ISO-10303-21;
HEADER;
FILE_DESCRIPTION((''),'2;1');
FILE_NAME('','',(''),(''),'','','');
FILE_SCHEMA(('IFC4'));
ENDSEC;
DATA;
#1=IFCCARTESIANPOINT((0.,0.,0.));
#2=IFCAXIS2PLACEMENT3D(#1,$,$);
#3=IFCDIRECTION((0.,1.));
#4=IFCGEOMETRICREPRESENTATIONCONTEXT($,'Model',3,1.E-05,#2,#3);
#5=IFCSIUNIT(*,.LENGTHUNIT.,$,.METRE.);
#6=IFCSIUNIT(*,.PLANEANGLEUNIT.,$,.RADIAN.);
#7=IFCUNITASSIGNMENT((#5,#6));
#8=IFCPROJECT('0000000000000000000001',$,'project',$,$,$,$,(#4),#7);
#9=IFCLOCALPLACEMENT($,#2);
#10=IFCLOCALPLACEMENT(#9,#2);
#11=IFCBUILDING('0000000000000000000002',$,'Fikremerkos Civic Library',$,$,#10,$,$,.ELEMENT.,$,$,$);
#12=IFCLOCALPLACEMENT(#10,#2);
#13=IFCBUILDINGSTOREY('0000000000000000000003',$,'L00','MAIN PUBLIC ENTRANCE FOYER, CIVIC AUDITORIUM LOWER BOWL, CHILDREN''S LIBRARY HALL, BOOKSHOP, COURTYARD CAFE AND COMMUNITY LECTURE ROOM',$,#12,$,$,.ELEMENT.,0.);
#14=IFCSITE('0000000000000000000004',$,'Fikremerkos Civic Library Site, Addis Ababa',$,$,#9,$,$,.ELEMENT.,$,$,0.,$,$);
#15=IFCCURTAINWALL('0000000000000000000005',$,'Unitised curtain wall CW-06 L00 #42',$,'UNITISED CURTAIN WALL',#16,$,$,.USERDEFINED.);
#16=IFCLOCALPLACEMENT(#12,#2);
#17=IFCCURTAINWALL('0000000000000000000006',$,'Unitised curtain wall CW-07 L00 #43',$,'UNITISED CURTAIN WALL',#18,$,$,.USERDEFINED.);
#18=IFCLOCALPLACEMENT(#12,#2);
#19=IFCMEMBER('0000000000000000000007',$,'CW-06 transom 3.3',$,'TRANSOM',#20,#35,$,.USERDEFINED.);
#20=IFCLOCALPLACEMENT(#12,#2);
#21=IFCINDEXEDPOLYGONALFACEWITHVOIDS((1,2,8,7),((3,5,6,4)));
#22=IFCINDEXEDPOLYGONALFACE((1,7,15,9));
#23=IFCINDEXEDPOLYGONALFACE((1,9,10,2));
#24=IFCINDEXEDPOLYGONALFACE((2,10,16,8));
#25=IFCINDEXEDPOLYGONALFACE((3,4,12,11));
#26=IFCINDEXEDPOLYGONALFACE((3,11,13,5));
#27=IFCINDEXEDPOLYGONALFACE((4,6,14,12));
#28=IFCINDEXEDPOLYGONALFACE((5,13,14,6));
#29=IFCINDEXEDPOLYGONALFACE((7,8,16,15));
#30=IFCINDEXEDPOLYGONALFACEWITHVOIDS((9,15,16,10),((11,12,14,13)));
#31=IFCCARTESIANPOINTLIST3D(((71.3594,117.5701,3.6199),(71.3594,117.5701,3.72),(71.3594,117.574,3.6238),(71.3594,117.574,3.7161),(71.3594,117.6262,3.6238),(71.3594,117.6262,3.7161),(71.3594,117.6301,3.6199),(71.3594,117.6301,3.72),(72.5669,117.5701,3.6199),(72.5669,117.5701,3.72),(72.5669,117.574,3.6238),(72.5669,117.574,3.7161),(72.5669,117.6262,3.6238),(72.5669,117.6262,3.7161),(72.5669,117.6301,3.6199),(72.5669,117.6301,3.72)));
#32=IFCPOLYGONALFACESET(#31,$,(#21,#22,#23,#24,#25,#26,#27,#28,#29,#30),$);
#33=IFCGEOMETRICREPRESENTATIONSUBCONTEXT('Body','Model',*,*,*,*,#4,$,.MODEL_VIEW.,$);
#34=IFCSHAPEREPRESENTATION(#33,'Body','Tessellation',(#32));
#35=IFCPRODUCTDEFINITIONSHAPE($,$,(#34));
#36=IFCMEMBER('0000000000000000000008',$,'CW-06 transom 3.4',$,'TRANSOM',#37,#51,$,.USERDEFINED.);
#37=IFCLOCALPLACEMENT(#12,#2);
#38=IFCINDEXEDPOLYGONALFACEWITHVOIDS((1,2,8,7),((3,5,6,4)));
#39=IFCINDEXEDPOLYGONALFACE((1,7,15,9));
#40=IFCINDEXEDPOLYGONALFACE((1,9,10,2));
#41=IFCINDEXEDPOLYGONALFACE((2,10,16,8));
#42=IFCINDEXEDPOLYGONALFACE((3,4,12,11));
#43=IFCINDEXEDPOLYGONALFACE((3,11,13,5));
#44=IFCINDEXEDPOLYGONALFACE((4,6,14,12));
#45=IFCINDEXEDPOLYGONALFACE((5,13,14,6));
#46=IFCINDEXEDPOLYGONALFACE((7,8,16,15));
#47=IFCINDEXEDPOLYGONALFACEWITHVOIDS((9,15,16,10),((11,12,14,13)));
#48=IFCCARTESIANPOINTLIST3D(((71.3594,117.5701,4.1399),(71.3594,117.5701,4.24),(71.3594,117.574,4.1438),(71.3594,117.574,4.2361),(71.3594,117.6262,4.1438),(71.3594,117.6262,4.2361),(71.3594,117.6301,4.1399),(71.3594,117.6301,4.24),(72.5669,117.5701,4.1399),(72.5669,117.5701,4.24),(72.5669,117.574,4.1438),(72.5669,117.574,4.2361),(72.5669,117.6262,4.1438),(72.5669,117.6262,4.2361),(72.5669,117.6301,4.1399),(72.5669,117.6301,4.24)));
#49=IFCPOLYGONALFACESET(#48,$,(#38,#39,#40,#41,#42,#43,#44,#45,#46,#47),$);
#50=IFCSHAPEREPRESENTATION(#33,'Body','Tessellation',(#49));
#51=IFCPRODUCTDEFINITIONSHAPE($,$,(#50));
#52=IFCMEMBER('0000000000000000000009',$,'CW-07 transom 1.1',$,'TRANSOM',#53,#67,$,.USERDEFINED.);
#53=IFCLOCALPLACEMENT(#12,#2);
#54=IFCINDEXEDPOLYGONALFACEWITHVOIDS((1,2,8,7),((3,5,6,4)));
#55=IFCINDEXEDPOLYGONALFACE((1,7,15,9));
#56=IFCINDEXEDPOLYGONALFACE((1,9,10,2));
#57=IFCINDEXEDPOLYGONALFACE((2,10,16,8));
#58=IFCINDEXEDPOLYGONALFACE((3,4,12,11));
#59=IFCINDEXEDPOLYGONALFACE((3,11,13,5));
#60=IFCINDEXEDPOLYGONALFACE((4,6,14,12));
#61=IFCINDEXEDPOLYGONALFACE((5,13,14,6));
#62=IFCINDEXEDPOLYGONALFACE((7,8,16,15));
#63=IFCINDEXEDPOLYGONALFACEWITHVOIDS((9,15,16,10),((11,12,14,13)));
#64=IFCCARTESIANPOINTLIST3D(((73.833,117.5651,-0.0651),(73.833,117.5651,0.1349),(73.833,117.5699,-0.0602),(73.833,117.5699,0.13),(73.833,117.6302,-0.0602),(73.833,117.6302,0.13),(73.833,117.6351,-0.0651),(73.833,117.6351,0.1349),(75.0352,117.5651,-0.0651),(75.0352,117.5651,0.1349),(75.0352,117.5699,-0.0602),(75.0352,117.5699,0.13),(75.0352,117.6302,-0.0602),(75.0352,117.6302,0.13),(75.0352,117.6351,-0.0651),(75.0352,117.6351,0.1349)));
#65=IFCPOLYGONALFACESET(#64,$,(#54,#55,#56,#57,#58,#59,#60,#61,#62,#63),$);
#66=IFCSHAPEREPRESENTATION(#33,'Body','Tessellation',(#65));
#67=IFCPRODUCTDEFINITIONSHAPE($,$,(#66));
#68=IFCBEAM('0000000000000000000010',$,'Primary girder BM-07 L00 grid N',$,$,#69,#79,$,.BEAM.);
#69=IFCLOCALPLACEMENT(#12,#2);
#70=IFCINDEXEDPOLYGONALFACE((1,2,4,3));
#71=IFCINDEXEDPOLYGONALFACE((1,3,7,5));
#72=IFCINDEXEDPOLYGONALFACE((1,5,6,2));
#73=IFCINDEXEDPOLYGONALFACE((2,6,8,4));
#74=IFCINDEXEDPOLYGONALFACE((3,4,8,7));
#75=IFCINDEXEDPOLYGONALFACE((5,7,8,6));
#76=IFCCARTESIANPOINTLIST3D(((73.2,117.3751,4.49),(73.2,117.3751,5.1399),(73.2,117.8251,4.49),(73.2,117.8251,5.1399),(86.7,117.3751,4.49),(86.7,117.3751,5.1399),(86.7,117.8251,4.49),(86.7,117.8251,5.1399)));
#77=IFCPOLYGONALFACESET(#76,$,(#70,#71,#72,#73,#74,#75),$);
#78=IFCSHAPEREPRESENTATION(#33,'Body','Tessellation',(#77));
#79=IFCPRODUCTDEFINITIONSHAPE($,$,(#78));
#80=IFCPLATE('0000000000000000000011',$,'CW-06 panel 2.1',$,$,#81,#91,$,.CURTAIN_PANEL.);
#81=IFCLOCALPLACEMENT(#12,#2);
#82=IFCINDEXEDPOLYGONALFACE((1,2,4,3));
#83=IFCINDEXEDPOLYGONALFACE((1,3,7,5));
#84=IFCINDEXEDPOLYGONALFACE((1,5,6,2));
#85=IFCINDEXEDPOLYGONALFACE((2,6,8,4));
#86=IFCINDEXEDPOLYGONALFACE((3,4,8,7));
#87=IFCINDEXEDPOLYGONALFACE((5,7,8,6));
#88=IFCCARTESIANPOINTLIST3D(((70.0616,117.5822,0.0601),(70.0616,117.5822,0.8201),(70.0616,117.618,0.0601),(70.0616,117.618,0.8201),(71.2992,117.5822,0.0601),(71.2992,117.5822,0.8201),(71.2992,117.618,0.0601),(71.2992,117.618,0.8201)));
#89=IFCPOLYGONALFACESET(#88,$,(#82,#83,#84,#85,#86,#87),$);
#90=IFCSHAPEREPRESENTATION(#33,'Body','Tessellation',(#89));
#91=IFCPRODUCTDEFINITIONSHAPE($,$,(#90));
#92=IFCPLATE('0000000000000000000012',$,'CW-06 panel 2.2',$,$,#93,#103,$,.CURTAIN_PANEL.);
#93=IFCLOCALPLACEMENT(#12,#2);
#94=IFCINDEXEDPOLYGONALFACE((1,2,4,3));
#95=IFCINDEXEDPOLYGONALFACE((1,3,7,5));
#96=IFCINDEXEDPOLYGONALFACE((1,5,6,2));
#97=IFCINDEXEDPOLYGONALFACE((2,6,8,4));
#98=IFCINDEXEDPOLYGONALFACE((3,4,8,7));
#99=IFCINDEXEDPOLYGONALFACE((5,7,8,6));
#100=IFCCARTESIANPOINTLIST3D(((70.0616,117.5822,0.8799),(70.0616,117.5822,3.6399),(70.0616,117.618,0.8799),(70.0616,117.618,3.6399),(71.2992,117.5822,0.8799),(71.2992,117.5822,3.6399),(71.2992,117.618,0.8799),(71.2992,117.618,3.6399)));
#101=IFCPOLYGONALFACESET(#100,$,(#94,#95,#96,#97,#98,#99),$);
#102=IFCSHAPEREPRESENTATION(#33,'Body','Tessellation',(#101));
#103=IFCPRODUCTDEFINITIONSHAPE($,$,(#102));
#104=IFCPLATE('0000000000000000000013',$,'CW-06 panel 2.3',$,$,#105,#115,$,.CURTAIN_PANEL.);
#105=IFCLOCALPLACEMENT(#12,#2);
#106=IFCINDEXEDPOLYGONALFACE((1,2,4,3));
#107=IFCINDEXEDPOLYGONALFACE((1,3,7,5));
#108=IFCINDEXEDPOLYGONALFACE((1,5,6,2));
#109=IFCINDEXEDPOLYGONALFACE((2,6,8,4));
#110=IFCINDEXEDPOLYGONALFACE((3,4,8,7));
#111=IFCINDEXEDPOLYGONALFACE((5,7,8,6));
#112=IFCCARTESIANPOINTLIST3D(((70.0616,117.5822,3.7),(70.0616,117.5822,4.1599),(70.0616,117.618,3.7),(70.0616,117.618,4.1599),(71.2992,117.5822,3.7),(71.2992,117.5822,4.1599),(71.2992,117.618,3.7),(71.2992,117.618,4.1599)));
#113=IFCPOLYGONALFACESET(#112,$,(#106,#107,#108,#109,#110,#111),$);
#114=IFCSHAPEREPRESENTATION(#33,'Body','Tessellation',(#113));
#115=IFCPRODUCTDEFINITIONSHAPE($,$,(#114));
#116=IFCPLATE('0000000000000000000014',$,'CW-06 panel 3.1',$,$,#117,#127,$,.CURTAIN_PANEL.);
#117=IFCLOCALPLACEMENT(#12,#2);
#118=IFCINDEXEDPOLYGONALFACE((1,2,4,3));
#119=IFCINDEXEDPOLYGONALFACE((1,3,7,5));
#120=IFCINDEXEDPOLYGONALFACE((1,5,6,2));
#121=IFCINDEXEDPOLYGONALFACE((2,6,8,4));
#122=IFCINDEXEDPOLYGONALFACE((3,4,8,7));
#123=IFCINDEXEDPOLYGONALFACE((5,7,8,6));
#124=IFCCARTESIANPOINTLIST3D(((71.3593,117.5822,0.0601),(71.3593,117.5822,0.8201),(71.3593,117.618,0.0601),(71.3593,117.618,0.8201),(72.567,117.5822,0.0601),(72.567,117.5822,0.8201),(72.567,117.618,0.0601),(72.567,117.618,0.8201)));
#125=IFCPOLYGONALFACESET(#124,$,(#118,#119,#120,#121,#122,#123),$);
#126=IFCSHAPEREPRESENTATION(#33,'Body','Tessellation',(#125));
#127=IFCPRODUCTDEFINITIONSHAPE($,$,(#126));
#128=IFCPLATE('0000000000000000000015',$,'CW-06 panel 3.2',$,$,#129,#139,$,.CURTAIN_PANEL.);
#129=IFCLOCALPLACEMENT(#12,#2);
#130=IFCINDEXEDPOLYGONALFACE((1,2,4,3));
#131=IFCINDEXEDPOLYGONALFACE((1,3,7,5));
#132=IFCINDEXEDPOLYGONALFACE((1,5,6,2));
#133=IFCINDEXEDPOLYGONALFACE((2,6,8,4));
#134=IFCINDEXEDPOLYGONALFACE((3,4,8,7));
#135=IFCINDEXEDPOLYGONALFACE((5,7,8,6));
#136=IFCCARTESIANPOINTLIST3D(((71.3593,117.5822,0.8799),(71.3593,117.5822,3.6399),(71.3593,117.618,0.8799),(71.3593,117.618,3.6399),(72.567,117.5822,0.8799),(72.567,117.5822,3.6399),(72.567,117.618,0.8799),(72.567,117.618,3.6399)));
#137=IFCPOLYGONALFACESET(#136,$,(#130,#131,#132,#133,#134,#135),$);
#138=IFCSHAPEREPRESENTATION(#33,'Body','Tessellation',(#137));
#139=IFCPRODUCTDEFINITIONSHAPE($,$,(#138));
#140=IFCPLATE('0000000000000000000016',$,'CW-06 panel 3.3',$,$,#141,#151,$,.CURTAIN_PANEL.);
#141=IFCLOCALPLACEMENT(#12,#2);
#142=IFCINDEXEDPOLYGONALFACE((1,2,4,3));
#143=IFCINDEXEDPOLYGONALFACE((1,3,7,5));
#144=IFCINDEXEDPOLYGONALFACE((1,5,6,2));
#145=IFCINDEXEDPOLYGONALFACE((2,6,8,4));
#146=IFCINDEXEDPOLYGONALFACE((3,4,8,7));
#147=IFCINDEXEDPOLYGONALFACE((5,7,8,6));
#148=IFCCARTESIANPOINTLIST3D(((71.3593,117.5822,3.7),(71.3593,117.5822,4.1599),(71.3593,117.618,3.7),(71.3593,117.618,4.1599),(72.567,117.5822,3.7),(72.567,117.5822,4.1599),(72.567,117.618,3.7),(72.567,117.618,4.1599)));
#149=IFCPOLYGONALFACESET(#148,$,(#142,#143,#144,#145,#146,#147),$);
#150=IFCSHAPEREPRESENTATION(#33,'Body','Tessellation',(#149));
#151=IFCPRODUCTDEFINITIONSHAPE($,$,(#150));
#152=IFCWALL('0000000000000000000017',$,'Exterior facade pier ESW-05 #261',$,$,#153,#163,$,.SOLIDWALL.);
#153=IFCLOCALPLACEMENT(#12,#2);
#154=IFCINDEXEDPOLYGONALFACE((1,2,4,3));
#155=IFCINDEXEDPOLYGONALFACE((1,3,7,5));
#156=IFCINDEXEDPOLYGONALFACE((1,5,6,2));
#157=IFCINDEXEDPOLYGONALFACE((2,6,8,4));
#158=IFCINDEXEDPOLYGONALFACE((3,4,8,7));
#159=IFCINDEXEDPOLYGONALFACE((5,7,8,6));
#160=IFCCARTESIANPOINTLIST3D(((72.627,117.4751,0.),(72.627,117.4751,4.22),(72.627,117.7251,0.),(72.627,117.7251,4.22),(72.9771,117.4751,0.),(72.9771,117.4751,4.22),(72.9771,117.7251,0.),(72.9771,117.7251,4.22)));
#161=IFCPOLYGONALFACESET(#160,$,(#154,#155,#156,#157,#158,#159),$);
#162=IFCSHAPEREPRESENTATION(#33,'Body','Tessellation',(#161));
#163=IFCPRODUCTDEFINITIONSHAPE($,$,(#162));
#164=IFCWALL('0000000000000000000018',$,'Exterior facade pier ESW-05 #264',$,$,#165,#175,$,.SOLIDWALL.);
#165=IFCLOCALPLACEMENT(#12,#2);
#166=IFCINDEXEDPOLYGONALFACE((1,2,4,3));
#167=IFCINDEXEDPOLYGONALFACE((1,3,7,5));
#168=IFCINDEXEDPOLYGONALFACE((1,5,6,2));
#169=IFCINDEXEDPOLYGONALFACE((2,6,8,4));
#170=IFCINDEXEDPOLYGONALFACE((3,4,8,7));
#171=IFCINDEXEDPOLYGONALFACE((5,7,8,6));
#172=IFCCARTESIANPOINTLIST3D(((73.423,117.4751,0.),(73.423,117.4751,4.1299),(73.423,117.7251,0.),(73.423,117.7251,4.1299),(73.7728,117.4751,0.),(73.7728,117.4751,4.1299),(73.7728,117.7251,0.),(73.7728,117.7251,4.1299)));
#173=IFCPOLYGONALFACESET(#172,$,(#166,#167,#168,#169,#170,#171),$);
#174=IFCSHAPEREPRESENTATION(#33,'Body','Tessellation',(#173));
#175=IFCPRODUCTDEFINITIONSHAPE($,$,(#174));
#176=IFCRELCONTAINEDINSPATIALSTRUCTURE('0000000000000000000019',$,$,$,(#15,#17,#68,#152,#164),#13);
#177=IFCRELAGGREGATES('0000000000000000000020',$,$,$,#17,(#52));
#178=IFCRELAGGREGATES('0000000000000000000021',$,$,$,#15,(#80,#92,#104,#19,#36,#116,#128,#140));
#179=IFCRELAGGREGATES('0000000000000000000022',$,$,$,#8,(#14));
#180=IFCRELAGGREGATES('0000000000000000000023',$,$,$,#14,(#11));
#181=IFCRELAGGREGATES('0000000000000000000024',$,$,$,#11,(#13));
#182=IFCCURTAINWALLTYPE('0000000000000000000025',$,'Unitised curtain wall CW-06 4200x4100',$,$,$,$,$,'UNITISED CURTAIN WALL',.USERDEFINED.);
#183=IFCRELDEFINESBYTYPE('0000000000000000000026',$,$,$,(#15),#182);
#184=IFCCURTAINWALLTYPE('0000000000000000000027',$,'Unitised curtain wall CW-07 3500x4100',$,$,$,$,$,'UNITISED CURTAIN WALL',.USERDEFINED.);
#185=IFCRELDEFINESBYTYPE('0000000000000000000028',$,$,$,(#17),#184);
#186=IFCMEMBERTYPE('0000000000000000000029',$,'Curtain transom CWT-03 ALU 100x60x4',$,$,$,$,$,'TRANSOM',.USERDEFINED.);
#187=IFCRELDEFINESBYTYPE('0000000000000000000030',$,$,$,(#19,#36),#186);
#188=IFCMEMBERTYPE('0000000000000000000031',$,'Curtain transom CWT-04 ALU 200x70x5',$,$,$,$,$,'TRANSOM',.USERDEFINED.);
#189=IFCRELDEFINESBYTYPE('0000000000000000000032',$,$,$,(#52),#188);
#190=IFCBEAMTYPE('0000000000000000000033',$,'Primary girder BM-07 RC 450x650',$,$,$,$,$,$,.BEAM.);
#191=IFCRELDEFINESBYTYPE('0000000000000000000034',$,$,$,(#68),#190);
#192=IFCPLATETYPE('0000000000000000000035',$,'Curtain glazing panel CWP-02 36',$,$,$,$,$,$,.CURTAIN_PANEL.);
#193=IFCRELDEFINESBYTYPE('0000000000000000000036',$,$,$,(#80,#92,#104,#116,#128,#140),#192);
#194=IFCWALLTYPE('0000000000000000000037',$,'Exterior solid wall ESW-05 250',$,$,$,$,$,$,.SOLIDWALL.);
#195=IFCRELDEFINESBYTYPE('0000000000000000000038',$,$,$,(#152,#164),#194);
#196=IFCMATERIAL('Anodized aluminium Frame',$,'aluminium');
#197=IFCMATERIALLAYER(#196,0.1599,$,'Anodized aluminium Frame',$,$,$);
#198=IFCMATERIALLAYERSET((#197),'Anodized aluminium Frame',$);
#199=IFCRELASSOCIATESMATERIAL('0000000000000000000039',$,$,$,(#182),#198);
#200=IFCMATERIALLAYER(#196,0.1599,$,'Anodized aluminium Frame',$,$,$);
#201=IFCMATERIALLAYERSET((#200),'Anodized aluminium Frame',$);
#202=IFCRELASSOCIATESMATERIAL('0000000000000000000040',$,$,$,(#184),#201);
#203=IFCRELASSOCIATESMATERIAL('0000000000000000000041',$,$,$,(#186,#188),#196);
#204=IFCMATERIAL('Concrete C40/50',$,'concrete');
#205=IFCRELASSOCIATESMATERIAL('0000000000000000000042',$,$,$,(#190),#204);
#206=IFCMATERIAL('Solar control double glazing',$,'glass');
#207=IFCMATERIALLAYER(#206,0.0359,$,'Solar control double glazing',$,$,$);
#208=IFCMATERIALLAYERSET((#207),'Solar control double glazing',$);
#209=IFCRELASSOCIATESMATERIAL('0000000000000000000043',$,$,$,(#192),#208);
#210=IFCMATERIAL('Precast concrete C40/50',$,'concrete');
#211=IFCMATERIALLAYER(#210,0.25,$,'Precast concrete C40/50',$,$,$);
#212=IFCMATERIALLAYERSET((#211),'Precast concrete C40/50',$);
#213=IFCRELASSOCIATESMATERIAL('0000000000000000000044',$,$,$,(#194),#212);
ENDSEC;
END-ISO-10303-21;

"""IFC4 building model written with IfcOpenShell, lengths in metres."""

from ifc_helpers import new_model, si_unit, direction, frame, frame_2d, origin, origin_2d, place, context, subcontext, project, spatial, rectangle, hollow_rectangle, extrude, material, layer, layer_set, material_profile, profile_set, type_object, element, aggregate, save


model = new_model("IFC4")

# Units and contexts
model_context = context("Model", 3, precision=1e-05, world=origin(), true_north=direction((0.0, 1.0)))
body_context = subcontext(model_context, "Body", "Model", "MODEL_VIEW")
ifc_project = project(units=[si_unit("LENGTHUNIT", "METRE"), si_unit("PLANEANGLEUNIT", "RADIAN")], contexts=[model_context])

# Site, building, storey
site_placement = place(None, origin())
site = spatial("IfcSite", under=ifc_project, at=site_placement, Name="Fikremerkos Civic Library Site, Addis Ababa", CompositionType="ELEMENT", RefElevation=0.0)
building_placement = place(site_placement, origin())
building = spatial("IfcBuilding", under=site, at=building_placement, Name="Fikremerkos Civic Library", CompositionType="ELEMENT")
storey_placement = place(building_placement, origin())
storey = spatial("IfcBuildingStorey", under=building, at=storey_placement, Name="L00", Description="MAIN PUBLIC ENTRANCE FOYER, CIVIC AUDITORIUM LOWER BOWL, CHILDREN'S LIBRARY HALL, BOOKSHOP, COURTYARD CAFE AND COMMUNITY LECTURE ROOM", CompositionType="ELEMENT", Elevation=0.0)

# Shared definitions
ifc_material_1 = material(Name="Concrete C40/50", Category="concrete")

# Curtain wall
ifc_material_2 = material(Name="Anodized aluminium Frame", Category="aluminium")
ifc_layer_1 = layer(ifc_material_2, 0.1599, Name="Anodized aluminium Frame")
ifc_layer_set_1 = layer_set([ifc_layer_1], Name="Anodized aluminium Frame")
curtain_wall_type_1 = type_object("IfcCurtainWallType", Name="Unitised curtain wall CW-06 4200x4100", ElementType="UNITISED CURTAIN WALL", PredefinedType="USERDEFINED", material=ifc_layer_set_1)
curtain_wall_1_placement = place(storey_placement, origin())
curtain_wall_1 = element("IfcCurtainWall", 1, at=curtain_wall_1_placement, inside=storey, type_object=curtain_wall_type_1, Name="Unitised curtain wall CW-06 L00 #42", ObjectType="UNITISED CURTAIN WALL", PredefinedType="USERDEFINED")

# Curtain wall
ifc_layer_2 = layer(ifc_material_2, 0.1599, Name="Anodized aluminium Frame")
ifc_layer_set_2 = layer_set([ifc_layer_2], Name="Anodized aluminium Frame")
curtain_wall_type_2 = type_object("IfcCurtainWallType", Name="Unitised curtain wall CW-07 3500x4100", ElementType="UNITISED CURTAIN WALL", PredefinedType="USERDEFINED", material=ifc_layer_set_2)
curtain_wall_2_placement = place(storey_placement, origin())
curtain_wall_2 = element("IfcCurtainWall", 2, at=curtain_wall_2_placement, inside=storey, type_object=curtain_wall_type_2, Name="Unitised curtain wall CW-07 L00 #43", ObjectType="UNITISED CURTAIN WALL", PredefinedType="USERDEFINED")

# Members
ifc_material_profile_1 = material_profile(ifc_material_2, hollow_rectangle(XDim=0.0601, YDim=0.1001, WallThickness=0.0039, at=origin_2d()), Name="ALU 100x60x4")
ifc_profile_set_1 = profile_set([ifc_material_profile_1], Name="Anodized aluminium Frame")
member_type_1 = type_object("IfcMemberType", Name="Curtain transom CWT-03 ALU 100x60x4", ElementType="TRANSOM", PredefinedType="USERDEFINED", material=ifc_profile_set_1)
member_1_placement = place(storey_placement, frame((71.3594, 117.6001, 3.6699), z_axis=(1.0, 0.0, 0.0), x_axis=(0.0, 1.0, 0.0)))
member_1 = element("IfcMember", 3, at=member_1_placement, type_object=member_type_1, Name="CW-06 transom 3.3", ObjectType="TRANSOM", PredefinedType="USERDEFINED", context=body_context, shape_type="SweptSolid", body=[
    extrude(hollow_rectangle(XDim=0.0601, YDim=0.1001, WallThickness=0.0039, at=origin_2d()), origin(), (0.0, 0.0, 1.0), 1.2075),
])
member_2_placement = place(storey_placement, frame((71.3594, 117.6001, 4.1899), z_axis=(1.0, 0.0, 0.0), x_axis=(0.0, 1.0, 0.0)))
member_2 = element("IfcMember", 4, at=member_2_placement, type_object=member_type_1, Name="CW-06 transom 3.4", ObjectType="TRANSOM", PredefinedType="USERDEFINED", context=body_context, shape_type="SweptSolid", body=[
    extrude(hollow_rectangle(XDim=0.0601, YDim=0.1001, WallThickness=0.0039, at=origin_2d()), origin(), (0.0, 0.0, 1.0), 1.2075),
])
ifc_material_profile_2 = material_profile(ifc_material_2, hollow_rectangle(XDim=0.0701, YDim=0.2, WallThickness=0.0049, at=origin_2d()), Name="ALU 200x70x5")
ifc_profile_set_2 = profile_set([ifc_material_profile_2], Name="Anodized aluminium Frame")
member_type_2 = type_object("IfcMemberType", Name="Curtain transom CWT-04 ALU 200x70x5", ElementType="TRANSOM", PredefinedType="USERDEFINED", material=ifc_profile_set_2)
member_3_placement = place(storey_placement, frame((73.833, 117.6001, 0.0349), z_axis=(1.0, 0.0, 0.0), x_axis=(0.0, 1.0, 0.0)))
member_3 = element("IfcMember", 5, at=member_3_placement, type_object=member_type_2, Name="CW-07 transom 1.1", ObjectType="TRANSOM", PredefinedType="USERDEFINED", context=body_context, shape_type="SweptSolid", body=[
    extrude(hollow_rectangle(XDim=0.0701, YDim=0.2, WallThickness=0.0049, at=origin_2d()), origin(), (0.0, 0.0, 1.0), 1.2021),
])
aggregate(curtain_wall_2, [member_3])

# Beam
ifc_material_profile_3 = material_profile(ifc_material_1, rectangle(XDim=0.45, YDim=0.6499, at=origin_2d()), Name="RC 450x650")
ifc_profile_set_3 = profile_set([ifc_material_profile_3], Name="Concrete C40/50")
beam_type = type_object("IfcBeamType", Name="Primary girder BM-07 RC 450x650", PredefinedType="BEAM", material=ifc_profile_set_3)
beam_placement = place(storey_placement, frame((73.2, 117.6001, 4.8149), z_axis=(1.0, 0.0, 0.0), x_axis=(0.0, 1.0, 0.0)))
element("IfcBeam", 6, at=beam_placement, inside=storey, type_object=beam_type, Name="Primary girder BM-07 L00 grid N", PredefinedType="BEAM", context=body_context, shape_type="SweptSolid", body=[
    extrude(rectangle(XDim=0.45, YDim=0.6499, at=origin_2d()), origin(), (0.0, 0.0, 1.0), 13.5),
])

# Plates
ifc_material_3 = material(Name="Solar control double glazing", Category="glass")
ifc_layer_3 = layer(ifc_material_3, 0.0359, Name="Solar control double glazing")
ifc_layer_set_3 = layer_set([ifc_layer_3], Name="Solar control double glazing")
plate_type = type_object("IfcPlateType", Name="Curtain glazing panel CWP-02 36", PredefinedType="CURTAIN_PANEL", material=ifc_layer_set_3)
plate_1_placement = place(storey_placement, frame((70.6804, 117.6001, 0.0601), z_axis=(0.0, 0.0, 1.0), x_axis=(1.0, 0.0, 0.0)))
plate_1 = element("IfcPlate", 7, at=plate_1_placement, type_object=plate_type, Name="CW-06 panel 2.1", PredefinedType="CURTAIN_PANEL", context=body_context, shape_type="SweptSolid", body=[
    extrude(rectangle(XDim=1.2375, YDim=0.0359, at=origin_2d()), origin(), (0.0, 0.0, 1.0), 0.76),
])
plate_2_placement = place(storey_placement, frame((70.6804, 117.6001, 0.8799), z_axis=(0.0, 0.0, 1.0), x_axis=(1.0, 0.0, 0.0)))
plate_2 = element("IfcPlate", 8, at=plate_2_placement, type_object=plate_type, Name="CW-06 panel 2.2", PredefinedType="CURTAIN_PANEL", context=body_context, shape_type="SweptSolid", body=[
    extrude(rectangle(XDim=1.2375, YDim=0.0359, at=origin_2d()), origin(), (0.0, 0.0, 1.0), 2.76),
])
plate_3_placement = place(storey_placement, frame((70.6804, 117.6001, 3.7), z_axis=(0.0, 0.0, 1.0), x_axis=(1.0, 0.0, 0.0)))
plate_3 = element("IfcPlate", 9, at=plate_3_placement, type_object=plate_type, Name="CW-06 panel 2.3", PredefinedType="CURTAIN_PANEL", context=body_context, shape_type="SweptSolid", body=[
    extrude(rectangle(XDim=1.2375, YDim=0.0359, at=origin_2d()), origin(), (0.0, 0.0, 1.0), 0.46),
])
plate_4_placement = place(storey_placement, frame((71.9631, 117.6001, 0.0601), z_axis=(0.0, 0.0, 1.0), x_axis=(1.0, 0.0, 0.0)))
plate_4 = element("IfcPlate", 10, at=plate_4_placement, type_object=plate_type, Name="CW-06 panel 3.1", PredefinedType="CURTAIN_PANEL", context=body_context, shape_type="SweptSolid", body=[
    extrude(rectangle(XDim=1.2078, YDim=0.0359, at=origin_2d()), origin(), (0.0, 0.0, 1.0), 0.76),
])
plate_5_placement = place(storey_placement, frame((71.9631, 117.6001, 0.8799), z_axis=(0.0, 0.0, 1.0), x_axis=(1.0, 0.0, 0.0)))
plate_5 = element("IfcPlate", 11, at=plate_5_placement, type_object=plate_type, Name="CW-06 panel 3.2", PredefinedType="CURTAIN_PANEL", context=body_context, shape_type="SweptSolid", body=[
    extrude(rectangle(XDim=1.2078, YDim=0.0359, at=origin_2d()), origin(), (0.0, 0.0, 1.0), 2.76),
])
plate_6_placement = place(storey_placement, frame((71.9631, 117.6001, 3.7), z_axis=(0.0, 0.0, 1.0), x_axis=(1.0, 0.0, 0.0)))
plate_6 = element("IfcPlate", 12, at=plate_6_placement, type_object=plate_type, Name="CW-06 panel 3.3", PredefinedType="CURTAIN_PANEL", context=body_context, shape_type="SweptSolid", body=[
    extrude(rectangle(XDim=1.2078, YDim=0.0359, at=origin_2d()), origin(), (0.0, 0.0, 1.0), 0.46),
])
aggregate(curtain_wall_1, [plate_1, plate_2, plate_3, member_1, member_2, plate_4, plate_5, plate_6])

# Walls
ifc_material_4 = material(Name="Precast concrete C40/50", Category="concrete")
ifc_layer_4 = layer(ifc_material_4, 0.25, Name="Precast concrete C40/50")
ifc_layer_set_4 = layer_set([ifc_layer_4], Name="Precast concrete C40/50")
wall_type = type_object("IfcWallType", Name="Exterior solid wall ESW-05 250", PredefinedType="SOLIDWALL", material=ifc_layer_set_4)
wall_1_placement = place(storey_placement, frame((72.627, 117.6001, 0.0), z_axis=(0.0, 0.0, 1.0), x_axis=(1.0, 0.0, 0.0)))
element("IfcWall", 13, at=wall_1_placement, inside=storey, type_object=wall_type, Name="Exterior facade pier ESW-05 #261", PredefinedType="SOLIDWALL", context=body_context, shape_type="SweptSolid", body=[
    extrude(rectangle(XDim=0.3501, YDim=0.25, at=frame_2d((0.175, 0.0))), origin(), (0.0, 0.0, 1.0), 4.22),
])
wall_2_placement = place(storey_placement, frame((73.4231, 117.6001, 0.0), z_axis=(0.0, 0.0, 1.0), x_axis=(1.0, 0.0, 0.0)))
element("IfcWall", 14, at=wall_2_placement, inside=storey, type_object=wall_type, Name="Exterior facade pier ESW-05 #264", PredefinedType="SOLIDWALL", context=body_context, shape_type="SweptSolid", body=[
    extrude(rectangle(XDim=0.3499, YDim=0.25, at=frame_2d((0.1748, 0.0))), origin(), (0.0, 0.0, 1.0), 4.1299),
])

save(model, "model.ifc")
